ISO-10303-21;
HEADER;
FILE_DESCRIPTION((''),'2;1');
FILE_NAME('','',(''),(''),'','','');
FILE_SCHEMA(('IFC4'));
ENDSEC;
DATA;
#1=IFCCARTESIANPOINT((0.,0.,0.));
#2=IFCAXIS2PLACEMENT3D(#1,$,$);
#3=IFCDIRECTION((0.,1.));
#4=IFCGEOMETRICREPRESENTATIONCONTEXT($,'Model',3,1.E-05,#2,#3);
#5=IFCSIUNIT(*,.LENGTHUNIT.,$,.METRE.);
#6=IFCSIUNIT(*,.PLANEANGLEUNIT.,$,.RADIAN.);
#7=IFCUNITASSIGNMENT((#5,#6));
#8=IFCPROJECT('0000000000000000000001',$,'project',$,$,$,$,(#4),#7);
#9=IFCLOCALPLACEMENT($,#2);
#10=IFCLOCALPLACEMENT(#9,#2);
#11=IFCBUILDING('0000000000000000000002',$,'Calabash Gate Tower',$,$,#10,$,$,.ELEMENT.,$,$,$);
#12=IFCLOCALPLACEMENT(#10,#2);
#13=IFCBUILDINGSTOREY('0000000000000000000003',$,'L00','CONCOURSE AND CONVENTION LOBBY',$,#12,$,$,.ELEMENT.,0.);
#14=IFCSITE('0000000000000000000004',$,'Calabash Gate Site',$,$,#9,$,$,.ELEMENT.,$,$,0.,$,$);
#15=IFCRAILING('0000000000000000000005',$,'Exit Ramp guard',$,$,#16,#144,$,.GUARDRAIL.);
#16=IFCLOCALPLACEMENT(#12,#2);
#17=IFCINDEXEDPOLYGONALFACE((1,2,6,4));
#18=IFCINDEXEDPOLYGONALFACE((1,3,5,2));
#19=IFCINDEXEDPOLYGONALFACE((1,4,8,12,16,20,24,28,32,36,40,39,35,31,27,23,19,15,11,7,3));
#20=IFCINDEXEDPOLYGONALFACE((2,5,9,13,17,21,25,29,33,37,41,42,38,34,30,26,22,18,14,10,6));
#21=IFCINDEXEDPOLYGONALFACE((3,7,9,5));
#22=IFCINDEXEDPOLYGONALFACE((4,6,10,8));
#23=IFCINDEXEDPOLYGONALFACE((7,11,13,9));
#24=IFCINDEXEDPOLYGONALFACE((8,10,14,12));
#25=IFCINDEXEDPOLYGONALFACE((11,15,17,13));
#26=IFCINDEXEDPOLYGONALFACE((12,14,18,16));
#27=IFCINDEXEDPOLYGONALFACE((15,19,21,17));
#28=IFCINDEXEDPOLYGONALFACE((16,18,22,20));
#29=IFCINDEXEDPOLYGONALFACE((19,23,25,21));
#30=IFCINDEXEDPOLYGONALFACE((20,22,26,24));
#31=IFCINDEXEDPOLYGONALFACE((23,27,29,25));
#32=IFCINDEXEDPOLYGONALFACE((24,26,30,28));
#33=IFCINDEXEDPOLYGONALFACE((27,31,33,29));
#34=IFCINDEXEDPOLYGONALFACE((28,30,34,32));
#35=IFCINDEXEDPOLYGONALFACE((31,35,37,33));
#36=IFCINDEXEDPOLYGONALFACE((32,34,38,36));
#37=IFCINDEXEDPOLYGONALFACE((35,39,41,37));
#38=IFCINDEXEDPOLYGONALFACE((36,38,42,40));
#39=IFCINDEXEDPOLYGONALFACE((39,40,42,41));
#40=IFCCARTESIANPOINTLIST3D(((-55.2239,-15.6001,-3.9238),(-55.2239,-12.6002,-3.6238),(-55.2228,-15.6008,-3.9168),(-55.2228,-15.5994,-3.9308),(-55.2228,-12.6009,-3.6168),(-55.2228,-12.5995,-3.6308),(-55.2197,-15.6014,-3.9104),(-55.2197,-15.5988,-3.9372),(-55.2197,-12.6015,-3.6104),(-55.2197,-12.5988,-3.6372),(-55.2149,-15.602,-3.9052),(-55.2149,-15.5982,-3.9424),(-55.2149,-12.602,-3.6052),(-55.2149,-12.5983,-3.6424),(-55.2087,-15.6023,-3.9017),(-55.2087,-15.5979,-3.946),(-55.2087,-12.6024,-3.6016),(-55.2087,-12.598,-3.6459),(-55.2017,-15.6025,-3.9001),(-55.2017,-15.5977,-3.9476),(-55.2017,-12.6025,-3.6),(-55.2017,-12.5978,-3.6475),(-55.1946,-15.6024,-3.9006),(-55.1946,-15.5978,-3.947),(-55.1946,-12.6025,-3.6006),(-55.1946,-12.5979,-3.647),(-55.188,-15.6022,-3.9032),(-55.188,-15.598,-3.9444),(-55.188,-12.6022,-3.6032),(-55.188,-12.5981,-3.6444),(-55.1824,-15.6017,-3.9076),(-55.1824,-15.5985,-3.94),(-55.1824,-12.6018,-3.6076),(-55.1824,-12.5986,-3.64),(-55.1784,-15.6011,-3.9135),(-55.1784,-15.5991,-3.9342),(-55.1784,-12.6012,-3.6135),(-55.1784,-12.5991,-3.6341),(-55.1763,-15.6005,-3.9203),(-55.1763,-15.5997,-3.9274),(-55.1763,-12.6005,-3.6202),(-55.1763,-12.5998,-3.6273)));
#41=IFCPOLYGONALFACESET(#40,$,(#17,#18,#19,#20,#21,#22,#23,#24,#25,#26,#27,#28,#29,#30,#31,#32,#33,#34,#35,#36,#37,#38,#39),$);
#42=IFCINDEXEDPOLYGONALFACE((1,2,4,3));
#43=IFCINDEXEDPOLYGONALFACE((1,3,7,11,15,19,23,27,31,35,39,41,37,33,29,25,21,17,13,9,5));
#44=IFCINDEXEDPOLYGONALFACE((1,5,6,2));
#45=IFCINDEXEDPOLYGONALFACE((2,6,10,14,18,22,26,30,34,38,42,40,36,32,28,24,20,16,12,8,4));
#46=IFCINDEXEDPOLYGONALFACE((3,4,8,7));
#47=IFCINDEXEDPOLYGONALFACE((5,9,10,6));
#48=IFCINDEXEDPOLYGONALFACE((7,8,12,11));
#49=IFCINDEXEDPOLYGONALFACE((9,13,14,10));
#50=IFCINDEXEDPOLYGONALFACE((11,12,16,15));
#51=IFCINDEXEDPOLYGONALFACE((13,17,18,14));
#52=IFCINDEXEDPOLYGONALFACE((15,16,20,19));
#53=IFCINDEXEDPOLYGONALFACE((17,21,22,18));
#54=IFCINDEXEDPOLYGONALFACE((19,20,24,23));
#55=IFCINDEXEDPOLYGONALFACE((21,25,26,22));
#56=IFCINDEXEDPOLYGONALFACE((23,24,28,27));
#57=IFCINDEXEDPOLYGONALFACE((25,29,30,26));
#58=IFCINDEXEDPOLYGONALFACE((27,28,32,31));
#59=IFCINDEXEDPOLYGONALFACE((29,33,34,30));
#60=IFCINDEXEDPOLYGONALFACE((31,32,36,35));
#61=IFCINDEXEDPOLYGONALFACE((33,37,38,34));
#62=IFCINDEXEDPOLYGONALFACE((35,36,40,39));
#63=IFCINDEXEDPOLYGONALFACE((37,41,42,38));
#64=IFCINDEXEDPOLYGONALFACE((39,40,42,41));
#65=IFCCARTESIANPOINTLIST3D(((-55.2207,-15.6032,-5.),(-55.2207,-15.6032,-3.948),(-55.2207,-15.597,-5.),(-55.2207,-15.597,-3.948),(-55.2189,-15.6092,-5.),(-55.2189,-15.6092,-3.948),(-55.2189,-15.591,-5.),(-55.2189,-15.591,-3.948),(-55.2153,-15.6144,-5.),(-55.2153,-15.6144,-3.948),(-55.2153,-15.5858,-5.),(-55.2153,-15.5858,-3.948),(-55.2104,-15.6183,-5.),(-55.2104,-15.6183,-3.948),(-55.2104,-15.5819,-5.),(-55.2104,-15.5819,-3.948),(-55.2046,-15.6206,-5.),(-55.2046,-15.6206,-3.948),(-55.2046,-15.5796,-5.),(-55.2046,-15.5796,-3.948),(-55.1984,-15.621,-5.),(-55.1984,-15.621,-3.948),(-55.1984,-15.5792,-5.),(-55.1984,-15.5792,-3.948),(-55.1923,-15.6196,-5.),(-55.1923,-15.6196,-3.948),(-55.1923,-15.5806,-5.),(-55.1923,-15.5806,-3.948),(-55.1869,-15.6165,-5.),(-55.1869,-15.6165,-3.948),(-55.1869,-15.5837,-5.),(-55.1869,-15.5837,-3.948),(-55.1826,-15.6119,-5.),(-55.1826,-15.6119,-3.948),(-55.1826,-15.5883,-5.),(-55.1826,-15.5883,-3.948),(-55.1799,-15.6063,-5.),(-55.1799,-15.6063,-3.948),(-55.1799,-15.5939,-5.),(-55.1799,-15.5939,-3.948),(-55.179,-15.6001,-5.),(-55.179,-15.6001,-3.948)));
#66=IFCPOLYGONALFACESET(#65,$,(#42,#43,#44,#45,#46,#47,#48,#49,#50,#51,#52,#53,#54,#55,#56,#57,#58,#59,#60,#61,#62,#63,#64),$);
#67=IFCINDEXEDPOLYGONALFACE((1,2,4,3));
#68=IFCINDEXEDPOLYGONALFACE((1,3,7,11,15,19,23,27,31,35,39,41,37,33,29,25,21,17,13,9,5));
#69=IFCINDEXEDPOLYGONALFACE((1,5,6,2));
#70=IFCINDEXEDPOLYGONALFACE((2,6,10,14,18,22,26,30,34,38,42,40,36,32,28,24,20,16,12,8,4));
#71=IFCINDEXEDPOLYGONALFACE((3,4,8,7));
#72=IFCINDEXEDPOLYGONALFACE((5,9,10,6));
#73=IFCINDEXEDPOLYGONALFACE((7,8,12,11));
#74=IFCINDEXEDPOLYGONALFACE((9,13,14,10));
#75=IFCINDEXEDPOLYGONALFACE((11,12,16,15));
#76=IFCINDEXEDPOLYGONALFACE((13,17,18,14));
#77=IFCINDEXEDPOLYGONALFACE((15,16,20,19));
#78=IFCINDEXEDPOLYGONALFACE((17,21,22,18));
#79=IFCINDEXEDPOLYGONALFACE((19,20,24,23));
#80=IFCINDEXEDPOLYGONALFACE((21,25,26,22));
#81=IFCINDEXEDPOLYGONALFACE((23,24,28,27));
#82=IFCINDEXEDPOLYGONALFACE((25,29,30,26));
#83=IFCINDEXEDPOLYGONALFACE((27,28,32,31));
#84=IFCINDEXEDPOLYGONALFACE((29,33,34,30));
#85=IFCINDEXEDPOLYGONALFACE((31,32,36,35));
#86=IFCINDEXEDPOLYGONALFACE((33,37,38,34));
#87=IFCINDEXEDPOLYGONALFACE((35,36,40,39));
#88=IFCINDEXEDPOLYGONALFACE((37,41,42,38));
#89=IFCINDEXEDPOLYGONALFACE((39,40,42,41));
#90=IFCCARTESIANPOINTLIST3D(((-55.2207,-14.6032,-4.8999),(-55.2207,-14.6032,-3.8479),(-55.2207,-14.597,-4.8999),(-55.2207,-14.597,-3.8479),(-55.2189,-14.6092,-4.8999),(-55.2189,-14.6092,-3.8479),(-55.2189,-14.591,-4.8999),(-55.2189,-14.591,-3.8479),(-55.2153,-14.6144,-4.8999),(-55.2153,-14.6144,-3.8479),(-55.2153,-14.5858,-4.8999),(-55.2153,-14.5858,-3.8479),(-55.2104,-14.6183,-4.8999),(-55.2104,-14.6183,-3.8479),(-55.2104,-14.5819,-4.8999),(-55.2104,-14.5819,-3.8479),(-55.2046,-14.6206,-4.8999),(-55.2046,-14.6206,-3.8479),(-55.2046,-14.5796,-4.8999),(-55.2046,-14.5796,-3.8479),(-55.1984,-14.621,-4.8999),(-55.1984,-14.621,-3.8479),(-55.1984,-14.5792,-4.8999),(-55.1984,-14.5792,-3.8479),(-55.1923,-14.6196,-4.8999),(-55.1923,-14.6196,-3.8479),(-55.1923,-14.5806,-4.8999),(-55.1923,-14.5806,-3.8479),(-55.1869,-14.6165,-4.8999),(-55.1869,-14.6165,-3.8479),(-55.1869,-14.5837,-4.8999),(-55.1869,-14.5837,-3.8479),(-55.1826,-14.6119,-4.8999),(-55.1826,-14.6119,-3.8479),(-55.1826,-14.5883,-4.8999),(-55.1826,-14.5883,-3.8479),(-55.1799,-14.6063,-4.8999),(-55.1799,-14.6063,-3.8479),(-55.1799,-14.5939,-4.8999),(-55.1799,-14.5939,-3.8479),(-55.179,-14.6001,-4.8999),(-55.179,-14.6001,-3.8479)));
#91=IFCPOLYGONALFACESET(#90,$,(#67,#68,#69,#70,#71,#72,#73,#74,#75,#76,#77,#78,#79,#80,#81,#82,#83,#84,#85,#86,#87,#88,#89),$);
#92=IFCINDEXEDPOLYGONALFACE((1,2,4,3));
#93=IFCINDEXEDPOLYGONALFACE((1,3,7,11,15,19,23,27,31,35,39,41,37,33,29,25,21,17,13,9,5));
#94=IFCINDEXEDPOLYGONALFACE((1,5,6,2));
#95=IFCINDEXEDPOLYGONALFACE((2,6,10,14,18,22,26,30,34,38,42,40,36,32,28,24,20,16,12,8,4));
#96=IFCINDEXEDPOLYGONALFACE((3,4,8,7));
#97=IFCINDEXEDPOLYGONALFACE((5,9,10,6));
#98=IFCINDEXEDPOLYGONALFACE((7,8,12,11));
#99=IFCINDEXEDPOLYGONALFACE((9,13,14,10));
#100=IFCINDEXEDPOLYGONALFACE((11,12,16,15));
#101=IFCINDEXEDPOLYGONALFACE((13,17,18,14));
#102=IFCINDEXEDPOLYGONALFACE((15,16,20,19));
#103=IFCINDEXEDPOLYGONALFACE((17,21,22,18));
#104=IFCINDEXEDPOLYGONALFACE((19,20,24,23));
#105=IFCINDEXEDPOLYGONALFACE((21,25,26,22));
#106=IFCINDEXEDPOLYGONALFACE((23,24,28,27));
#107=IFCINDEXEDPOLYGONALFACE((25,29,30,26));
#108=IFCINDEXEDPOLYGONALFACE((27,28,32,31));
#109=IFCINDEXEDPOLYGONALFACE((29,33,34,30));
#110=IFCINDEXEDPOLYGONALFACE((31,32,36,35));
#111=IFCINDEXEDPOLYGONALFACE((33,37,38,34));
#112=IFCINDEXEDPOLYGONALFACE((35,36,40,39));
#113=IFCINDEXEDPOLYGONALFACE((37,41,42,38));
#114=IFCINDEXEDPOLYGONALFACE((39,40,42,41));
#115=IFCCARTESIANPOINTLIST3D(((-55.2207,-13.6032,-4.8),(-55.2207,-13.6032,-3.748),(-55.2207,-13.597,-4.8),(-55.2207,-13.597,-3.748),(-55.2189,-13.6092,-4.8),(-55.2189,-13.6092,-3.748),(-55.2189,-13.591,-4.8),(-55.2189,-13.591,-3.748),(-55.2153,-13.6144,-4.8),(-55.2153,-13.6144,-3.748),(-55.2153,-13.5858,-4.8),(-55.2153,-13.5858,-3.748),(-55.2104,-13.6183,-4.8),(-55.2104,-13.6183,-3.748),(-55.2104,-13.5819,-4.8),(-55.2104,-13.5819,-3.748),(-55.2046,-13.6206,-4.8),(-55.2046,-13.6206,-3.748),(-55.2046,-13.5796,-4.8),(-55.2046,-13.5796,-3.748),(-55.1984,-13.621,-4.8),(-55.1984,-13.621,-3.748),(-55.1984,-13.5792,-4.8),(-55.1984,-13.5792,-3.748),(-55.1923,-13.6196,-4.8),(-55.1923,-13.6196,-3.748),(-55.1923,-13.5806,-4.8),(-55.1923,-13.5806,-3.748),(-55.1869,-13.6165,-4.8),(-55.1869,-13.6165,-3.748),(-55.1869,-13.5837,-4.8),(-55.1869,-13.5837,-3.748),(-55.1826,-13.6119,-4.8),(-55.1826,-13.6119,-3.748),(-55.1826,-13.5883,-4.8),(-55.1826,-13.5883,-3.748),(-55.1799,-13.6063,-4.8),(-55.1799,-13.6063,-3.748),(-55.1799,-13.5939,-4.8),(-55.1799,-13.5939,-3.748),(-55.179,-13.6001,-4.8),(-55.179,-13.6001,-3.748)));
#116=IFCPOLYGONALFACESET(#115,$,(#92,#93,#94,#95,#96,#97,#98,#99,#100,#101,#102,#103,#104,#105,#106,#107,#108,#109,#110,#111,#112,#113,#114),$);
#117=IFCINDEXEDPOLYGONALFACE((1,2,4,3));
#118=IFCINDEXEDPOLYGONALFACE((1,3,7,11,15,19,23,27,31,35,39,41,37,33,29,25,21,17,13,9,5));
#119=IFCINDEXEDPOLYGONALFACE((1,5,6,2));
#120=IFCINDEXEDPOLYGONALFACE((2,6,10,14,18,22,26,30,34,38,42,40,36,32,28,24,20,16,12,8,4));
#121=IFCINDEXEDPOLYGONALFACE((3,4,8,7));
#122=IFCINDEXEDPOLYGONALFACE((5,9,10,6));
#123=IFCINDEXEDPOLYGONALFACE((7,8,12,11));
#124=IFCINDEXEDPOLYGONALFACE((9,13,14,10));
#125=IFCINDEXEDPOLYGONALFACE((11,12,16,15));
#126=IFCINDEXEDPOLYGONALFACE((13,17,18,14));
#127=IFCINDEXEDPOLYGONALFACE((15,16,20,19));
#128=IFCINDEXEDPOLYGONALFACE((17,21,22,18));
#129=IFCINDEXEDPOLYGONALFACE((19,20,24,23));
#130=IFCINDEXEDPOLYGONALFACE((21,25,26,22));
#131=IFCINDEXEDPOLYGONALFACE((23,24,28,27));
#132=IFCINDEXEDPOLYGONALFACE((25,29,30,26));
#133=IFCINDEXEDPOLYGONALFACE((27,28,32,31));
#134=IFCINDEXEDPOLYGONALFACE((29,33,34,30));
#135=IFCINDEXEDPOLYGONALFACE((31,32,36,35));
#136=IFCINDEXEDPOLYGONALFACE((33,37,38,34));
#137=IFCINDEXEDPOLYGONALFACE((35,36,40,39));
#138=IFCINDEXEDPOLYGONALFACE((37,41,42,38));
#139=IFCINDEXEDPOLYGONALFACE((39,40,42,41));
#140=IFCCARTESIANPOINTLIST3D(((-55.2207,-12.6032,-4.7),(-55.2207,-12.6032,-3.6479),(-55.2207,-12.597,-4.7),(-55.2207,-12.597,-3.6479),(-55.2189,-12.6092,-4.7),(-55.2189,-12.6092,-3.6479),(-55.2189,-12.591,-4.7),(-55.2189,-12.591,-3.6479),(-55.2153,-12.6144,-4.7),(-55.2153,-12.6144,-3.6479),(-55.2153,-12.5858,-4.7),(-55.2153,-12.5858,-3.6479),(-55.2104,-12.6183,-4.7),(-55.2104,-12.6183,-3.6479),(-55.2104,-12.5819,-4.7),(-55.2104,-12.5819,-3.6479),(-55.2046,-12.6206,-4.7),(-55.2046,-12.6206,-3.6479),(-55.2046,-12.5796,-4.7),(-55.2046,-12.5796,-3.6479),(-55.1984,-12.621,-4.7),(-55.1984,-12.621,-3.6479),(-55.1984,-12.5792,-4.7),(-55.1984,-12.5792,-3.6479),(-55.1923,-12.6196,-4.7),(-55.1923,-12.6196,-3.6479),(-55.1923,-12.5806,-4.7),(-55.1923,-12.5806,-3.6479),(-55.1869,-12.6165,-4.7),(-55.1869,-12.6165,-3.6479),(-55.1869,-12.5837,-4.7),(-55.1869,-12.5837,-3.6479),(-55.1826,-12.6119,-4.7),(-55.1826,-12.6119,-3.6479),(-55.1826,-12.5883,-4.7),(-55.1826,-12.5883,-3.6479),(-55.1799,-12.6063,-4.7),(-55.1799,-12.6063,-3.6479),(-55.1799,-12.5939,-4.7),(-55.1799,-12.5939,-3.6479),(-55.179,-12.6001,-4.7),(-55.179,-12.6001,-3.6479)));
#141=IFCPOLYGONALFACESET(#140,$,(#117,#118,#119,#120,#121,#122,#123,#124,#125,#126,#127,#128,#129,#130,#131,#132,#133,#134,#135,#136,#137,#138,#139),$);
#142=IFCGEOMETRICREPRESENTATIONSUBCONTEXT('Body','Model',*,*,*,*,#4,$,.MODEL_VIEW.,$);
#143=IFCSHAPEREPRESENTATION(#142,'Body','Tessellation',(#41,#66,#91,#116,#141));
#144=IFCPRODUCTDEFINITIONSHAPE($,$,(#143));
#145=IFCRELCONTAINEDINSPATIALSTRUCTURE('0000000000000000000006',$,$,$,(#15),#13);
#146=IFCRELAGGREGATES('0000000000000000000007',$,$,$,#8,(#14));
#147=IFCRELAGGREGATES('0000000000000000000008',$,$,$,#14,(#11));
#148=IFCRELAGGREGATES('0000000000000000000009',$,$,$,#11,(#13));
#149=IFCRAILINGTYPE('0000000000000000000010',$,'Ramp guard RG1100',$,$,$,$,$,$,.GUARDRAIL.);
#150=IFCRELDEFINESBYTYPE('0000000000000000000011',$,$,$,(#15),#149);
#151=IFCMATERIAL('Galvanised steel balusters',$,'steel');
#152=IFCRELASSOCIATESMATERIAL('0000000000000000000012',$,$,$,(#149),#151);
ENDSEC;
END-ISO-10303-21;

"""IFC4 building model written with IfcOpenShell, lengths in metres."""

from ifc_helpers import new_model, si_unit, direction, frame, origin, origin_2d, place, context, subcontext, project, spatial, circle, extrude, material, type_object, element, save


model = new_model("IFC4")

# Units and contexts
model_context = context("Model", 3, precision=1e-05, world=origin(), true_north=direction((0.0, 1.0)))
body_context = subcontext(model_context, "Body", "Model", "MODEL_VIEW")
ifc_project = project(units=[si_unit("LENGTHUNIT", "METRE"), si_unit("PLANEANGLEUNIT", "RADIAN")], contexts=[model_context])

# Site, building, storey
site_placement = place(None, origin())
site = spatial("IfcSite", under=ifc_project, at=site_placement, Name="Calabash Gate Site", CompositionType="ELEMENT", RefElevation=0.0)
building_placement = place(site_placement, origin())
building = spatial("IfcBuilding", under=site, at=building_placement, Name="Calabash Gate Tower", CompositionType="ELEMENT")
storey_placement = place(building_placement, origin())
storey = spatial("IfcBuildingStorey", under=building, at=storey_placement, Name="L00", Description="CONCOURSE AND CONVENTION LOBBY", CompositionType="ELEMENT", Elevation=0.0)

# Railing
ifc_material_1 = material(Name="Galvanised steel balusters", Category="steel")
railing_type = type_object("IfcRailingType", Name="Ramp guard RG1100", PredefinedType="GUARDRAIL", material=ifc_material_1)
for number, where, name in (
    (1, (-55.2, -15.6001, -5.0), "Exit Ramp guard"),
):
    element("IfcRailing", number, at=place(storey_placement, frame(where)), inside=storey, type_object=railing_type, Name=name, PredefinedType="GUARDRAIL", context=body_context, shape_type="SweptSolid", body=[
        extrude(circle(Radius=0.0239, at=origin_2d()), frame((0.0, 0.0, 1.0762), z_axis=(0.0, 0.995036, 0.09952), x_axis=(-1.0, 0.0, 0.0)), (0.0, 0.0, 1.0), 3.0149),
        extrude(circle(Radius=0.021, at=origin_2d()), origin(), (0.0, 0.0, 1.0), 1.052),
        extrude(circle(Radius=0.021, at=origin_2d()), frame((0.0, 1.0, 0.1001)), (0.0, 0.0, 1.0), 1.052),
        extrude(circle(Radius=0.021, at=origin_2d()), frame((0.0, 2.0, 0.2)), (0.0, 0.0, 1.0), 1.052),
        extrude(circle(Radius=0.021, at=origin_2d()), frame((0.0, 3.0, 0.3)), (0.0, 0.0, 1.0), 1.052),
    ])

save(model, "model.ifc")
